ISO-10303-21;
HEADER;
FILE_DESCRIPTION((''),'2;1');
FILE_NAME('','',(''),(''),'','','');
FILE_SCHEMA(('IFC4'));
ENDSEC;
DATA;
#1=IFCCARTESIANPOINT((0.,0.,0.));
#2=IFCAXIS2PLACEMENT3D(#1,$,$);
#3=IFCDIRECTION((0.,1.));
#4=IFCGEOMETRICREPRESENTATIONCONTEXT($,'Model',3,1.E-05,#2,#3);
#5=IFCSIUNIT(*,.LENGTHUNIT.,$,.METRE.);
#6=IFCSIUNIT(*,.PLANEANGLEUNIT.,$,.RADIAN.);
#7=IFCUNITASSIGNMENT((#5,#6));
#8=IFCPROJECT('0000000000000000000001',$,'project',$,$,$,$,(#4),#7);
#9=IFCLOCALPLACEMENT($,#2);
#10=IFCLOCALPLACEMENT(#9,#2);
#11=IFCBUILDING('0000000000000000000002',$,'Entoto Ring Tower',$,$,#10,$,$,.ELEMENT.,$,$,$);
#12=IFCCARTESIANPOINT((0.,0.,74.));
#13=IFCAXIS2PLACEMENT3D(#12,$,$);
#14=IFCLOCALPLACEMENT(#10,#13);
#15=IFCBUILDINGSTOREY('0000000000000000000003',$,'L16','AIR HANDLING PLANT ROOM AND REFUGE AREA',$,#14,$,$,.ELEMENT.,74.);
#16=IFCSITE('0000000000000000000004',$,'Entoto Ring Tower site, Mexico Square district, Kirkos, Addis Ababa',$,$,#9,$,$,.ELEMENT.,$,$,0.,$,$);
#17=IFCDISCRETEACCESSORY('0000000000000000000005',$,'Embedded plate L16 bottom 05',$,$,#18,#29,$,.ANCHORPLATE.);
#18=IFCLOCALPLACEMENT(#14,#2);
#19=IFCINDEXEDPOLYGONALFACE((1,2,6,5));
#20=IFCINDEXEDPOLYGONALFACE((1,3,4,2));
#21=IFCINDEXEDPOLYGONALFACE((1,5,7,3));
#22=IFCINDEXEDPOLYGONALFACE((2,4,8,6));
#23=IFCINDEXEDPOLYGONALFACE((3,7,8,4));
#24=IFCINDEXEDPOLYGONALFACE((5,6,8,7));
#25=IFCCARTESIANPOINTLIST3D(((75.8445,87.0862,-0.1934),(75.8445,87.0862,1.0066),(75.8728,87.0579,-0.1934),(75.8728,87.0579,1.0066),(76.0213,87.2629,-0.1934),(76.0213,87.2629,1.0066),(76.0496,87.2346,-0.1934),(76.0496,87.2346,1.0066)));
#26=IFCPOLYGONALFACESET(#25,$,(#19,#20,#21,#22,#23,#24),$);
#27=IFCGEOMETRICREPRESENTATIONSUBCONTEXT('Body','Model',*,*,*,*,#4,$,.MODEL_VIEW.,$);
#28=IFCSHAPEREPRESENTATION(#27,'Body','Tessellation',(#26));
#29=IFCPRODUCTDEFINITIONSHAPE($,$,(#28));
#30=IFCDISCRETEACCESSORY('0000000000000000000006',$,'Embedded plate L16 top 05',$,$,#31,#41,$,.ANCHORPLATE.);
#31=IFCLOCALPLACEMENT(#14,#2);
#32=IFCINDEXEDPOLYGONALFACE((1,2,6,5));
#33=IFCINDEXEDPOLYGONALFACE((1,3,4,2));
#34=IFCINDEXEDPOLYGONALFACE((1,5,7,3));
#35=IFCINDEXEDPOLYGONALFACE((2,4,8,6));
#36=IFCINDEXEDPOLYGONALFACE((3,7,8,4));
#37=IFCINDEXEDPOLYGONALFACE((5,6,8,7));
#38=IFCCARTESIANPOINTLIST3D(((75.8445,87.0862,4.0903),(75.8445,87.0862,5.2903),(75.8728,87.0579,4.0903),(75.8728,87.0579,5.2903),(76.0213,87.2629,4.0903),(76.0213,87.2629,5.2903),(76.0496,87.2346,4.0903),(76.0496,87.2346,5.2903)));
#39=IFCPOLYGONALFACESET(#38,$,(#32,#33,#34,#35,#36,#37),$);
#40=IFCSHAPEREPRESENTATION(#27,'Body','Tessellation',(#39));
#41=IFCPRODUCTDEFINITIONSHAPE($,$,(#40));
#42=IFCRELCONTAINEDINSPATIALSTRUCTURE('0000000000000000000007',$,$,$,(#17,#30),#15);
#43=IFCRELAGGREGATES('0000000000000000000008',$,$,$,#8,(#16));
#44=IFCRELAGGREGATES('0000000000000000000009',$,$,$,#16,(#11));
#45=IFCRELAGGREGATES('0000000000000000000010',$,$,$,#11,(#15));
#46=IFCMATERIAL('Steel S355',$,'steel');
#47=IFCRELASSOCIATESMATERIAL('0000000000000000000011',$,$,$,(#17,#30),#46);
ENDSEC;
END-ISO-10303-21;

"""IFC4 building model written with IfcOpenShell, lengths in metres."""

from ifc_helpers import new_model, si_unit, direction, frame, origin, origin_2d, place, context, subcontext, project, spatial, rectangle, extrude, material, element, save


model = new_model("IFC4")

# Units and contexts
model_context = context("Model", 3, precision=1e-05, world=origin(), true_north=direction((0.0, 1.0)))
body_context = subcontext(model_context, "Body", "Model", "MODEL_VIEW")
ifc_project = project(units=[si_unit("LENGTHUNIT", "METRE"), si_unit("PLANEANGLEUNIT", "RADIAN")], contexts=[model_context])

# Site, building, storey
site_placement = place(None, origin())
site = spatial("IfcSite", under=ifc_project, at=site_placement, Name="Entoto Ring Tower site, Mexico Square district, Kirkos, Addis Ababa", CompositionType="ELEMENT", RefElevation=0.0)
building_placement = place(site_placement, origin())
building = spatial("IfcBuilding", under=site, at=building_placement, Name="Entoto Ring Tower", CompositionType="ELEMENT")
storey_placement = place(building_placement, frame((0.0, 0.0, 74.0)))
storey = spatial("IfcBuildingStorey", under=building, at=storey_placement, Name="L16", Description="AIR HANDLING PLANT ROOM AND REFUGE AREA", CompositionType="ELEMENT", Elevation=74.0)

# Discrete accessories
ifc_material_1 = material(Name="Steel S355", Category="steel")
for number, where, z_axis, x_axis, name in (
    (1, (75.947, 87.1604, -0.1934), (0.0, 0.0, 1.0), (-0.707107, 0.707107, 0.0), "Embedded plate L16 bottom 05"),
    (2, (75.947, 87.1604, 4.0903), (0.0, 0.0, 1.0), (-0.707107, 0.707107, 0.0), "Embedded plate L16 top 05"),
):
    element("IfcDiscreteAccessory", number, at=place(storey_placement, frame(where, z_axis=z_axis, x_axis=x_axis)), inside=storey, material=ifc_material_1, Name=name, PredefinedType="ANCHORPLATE", context=body_context, shape_type="SweptSolid", body=[
        extrude(rectangle(XDim=0.04, YDim=0.25, at=origin_2d()), origin(), (0.0, 0.0, 1.0), 1.2),
    ])

save(model, "model.ifc")
